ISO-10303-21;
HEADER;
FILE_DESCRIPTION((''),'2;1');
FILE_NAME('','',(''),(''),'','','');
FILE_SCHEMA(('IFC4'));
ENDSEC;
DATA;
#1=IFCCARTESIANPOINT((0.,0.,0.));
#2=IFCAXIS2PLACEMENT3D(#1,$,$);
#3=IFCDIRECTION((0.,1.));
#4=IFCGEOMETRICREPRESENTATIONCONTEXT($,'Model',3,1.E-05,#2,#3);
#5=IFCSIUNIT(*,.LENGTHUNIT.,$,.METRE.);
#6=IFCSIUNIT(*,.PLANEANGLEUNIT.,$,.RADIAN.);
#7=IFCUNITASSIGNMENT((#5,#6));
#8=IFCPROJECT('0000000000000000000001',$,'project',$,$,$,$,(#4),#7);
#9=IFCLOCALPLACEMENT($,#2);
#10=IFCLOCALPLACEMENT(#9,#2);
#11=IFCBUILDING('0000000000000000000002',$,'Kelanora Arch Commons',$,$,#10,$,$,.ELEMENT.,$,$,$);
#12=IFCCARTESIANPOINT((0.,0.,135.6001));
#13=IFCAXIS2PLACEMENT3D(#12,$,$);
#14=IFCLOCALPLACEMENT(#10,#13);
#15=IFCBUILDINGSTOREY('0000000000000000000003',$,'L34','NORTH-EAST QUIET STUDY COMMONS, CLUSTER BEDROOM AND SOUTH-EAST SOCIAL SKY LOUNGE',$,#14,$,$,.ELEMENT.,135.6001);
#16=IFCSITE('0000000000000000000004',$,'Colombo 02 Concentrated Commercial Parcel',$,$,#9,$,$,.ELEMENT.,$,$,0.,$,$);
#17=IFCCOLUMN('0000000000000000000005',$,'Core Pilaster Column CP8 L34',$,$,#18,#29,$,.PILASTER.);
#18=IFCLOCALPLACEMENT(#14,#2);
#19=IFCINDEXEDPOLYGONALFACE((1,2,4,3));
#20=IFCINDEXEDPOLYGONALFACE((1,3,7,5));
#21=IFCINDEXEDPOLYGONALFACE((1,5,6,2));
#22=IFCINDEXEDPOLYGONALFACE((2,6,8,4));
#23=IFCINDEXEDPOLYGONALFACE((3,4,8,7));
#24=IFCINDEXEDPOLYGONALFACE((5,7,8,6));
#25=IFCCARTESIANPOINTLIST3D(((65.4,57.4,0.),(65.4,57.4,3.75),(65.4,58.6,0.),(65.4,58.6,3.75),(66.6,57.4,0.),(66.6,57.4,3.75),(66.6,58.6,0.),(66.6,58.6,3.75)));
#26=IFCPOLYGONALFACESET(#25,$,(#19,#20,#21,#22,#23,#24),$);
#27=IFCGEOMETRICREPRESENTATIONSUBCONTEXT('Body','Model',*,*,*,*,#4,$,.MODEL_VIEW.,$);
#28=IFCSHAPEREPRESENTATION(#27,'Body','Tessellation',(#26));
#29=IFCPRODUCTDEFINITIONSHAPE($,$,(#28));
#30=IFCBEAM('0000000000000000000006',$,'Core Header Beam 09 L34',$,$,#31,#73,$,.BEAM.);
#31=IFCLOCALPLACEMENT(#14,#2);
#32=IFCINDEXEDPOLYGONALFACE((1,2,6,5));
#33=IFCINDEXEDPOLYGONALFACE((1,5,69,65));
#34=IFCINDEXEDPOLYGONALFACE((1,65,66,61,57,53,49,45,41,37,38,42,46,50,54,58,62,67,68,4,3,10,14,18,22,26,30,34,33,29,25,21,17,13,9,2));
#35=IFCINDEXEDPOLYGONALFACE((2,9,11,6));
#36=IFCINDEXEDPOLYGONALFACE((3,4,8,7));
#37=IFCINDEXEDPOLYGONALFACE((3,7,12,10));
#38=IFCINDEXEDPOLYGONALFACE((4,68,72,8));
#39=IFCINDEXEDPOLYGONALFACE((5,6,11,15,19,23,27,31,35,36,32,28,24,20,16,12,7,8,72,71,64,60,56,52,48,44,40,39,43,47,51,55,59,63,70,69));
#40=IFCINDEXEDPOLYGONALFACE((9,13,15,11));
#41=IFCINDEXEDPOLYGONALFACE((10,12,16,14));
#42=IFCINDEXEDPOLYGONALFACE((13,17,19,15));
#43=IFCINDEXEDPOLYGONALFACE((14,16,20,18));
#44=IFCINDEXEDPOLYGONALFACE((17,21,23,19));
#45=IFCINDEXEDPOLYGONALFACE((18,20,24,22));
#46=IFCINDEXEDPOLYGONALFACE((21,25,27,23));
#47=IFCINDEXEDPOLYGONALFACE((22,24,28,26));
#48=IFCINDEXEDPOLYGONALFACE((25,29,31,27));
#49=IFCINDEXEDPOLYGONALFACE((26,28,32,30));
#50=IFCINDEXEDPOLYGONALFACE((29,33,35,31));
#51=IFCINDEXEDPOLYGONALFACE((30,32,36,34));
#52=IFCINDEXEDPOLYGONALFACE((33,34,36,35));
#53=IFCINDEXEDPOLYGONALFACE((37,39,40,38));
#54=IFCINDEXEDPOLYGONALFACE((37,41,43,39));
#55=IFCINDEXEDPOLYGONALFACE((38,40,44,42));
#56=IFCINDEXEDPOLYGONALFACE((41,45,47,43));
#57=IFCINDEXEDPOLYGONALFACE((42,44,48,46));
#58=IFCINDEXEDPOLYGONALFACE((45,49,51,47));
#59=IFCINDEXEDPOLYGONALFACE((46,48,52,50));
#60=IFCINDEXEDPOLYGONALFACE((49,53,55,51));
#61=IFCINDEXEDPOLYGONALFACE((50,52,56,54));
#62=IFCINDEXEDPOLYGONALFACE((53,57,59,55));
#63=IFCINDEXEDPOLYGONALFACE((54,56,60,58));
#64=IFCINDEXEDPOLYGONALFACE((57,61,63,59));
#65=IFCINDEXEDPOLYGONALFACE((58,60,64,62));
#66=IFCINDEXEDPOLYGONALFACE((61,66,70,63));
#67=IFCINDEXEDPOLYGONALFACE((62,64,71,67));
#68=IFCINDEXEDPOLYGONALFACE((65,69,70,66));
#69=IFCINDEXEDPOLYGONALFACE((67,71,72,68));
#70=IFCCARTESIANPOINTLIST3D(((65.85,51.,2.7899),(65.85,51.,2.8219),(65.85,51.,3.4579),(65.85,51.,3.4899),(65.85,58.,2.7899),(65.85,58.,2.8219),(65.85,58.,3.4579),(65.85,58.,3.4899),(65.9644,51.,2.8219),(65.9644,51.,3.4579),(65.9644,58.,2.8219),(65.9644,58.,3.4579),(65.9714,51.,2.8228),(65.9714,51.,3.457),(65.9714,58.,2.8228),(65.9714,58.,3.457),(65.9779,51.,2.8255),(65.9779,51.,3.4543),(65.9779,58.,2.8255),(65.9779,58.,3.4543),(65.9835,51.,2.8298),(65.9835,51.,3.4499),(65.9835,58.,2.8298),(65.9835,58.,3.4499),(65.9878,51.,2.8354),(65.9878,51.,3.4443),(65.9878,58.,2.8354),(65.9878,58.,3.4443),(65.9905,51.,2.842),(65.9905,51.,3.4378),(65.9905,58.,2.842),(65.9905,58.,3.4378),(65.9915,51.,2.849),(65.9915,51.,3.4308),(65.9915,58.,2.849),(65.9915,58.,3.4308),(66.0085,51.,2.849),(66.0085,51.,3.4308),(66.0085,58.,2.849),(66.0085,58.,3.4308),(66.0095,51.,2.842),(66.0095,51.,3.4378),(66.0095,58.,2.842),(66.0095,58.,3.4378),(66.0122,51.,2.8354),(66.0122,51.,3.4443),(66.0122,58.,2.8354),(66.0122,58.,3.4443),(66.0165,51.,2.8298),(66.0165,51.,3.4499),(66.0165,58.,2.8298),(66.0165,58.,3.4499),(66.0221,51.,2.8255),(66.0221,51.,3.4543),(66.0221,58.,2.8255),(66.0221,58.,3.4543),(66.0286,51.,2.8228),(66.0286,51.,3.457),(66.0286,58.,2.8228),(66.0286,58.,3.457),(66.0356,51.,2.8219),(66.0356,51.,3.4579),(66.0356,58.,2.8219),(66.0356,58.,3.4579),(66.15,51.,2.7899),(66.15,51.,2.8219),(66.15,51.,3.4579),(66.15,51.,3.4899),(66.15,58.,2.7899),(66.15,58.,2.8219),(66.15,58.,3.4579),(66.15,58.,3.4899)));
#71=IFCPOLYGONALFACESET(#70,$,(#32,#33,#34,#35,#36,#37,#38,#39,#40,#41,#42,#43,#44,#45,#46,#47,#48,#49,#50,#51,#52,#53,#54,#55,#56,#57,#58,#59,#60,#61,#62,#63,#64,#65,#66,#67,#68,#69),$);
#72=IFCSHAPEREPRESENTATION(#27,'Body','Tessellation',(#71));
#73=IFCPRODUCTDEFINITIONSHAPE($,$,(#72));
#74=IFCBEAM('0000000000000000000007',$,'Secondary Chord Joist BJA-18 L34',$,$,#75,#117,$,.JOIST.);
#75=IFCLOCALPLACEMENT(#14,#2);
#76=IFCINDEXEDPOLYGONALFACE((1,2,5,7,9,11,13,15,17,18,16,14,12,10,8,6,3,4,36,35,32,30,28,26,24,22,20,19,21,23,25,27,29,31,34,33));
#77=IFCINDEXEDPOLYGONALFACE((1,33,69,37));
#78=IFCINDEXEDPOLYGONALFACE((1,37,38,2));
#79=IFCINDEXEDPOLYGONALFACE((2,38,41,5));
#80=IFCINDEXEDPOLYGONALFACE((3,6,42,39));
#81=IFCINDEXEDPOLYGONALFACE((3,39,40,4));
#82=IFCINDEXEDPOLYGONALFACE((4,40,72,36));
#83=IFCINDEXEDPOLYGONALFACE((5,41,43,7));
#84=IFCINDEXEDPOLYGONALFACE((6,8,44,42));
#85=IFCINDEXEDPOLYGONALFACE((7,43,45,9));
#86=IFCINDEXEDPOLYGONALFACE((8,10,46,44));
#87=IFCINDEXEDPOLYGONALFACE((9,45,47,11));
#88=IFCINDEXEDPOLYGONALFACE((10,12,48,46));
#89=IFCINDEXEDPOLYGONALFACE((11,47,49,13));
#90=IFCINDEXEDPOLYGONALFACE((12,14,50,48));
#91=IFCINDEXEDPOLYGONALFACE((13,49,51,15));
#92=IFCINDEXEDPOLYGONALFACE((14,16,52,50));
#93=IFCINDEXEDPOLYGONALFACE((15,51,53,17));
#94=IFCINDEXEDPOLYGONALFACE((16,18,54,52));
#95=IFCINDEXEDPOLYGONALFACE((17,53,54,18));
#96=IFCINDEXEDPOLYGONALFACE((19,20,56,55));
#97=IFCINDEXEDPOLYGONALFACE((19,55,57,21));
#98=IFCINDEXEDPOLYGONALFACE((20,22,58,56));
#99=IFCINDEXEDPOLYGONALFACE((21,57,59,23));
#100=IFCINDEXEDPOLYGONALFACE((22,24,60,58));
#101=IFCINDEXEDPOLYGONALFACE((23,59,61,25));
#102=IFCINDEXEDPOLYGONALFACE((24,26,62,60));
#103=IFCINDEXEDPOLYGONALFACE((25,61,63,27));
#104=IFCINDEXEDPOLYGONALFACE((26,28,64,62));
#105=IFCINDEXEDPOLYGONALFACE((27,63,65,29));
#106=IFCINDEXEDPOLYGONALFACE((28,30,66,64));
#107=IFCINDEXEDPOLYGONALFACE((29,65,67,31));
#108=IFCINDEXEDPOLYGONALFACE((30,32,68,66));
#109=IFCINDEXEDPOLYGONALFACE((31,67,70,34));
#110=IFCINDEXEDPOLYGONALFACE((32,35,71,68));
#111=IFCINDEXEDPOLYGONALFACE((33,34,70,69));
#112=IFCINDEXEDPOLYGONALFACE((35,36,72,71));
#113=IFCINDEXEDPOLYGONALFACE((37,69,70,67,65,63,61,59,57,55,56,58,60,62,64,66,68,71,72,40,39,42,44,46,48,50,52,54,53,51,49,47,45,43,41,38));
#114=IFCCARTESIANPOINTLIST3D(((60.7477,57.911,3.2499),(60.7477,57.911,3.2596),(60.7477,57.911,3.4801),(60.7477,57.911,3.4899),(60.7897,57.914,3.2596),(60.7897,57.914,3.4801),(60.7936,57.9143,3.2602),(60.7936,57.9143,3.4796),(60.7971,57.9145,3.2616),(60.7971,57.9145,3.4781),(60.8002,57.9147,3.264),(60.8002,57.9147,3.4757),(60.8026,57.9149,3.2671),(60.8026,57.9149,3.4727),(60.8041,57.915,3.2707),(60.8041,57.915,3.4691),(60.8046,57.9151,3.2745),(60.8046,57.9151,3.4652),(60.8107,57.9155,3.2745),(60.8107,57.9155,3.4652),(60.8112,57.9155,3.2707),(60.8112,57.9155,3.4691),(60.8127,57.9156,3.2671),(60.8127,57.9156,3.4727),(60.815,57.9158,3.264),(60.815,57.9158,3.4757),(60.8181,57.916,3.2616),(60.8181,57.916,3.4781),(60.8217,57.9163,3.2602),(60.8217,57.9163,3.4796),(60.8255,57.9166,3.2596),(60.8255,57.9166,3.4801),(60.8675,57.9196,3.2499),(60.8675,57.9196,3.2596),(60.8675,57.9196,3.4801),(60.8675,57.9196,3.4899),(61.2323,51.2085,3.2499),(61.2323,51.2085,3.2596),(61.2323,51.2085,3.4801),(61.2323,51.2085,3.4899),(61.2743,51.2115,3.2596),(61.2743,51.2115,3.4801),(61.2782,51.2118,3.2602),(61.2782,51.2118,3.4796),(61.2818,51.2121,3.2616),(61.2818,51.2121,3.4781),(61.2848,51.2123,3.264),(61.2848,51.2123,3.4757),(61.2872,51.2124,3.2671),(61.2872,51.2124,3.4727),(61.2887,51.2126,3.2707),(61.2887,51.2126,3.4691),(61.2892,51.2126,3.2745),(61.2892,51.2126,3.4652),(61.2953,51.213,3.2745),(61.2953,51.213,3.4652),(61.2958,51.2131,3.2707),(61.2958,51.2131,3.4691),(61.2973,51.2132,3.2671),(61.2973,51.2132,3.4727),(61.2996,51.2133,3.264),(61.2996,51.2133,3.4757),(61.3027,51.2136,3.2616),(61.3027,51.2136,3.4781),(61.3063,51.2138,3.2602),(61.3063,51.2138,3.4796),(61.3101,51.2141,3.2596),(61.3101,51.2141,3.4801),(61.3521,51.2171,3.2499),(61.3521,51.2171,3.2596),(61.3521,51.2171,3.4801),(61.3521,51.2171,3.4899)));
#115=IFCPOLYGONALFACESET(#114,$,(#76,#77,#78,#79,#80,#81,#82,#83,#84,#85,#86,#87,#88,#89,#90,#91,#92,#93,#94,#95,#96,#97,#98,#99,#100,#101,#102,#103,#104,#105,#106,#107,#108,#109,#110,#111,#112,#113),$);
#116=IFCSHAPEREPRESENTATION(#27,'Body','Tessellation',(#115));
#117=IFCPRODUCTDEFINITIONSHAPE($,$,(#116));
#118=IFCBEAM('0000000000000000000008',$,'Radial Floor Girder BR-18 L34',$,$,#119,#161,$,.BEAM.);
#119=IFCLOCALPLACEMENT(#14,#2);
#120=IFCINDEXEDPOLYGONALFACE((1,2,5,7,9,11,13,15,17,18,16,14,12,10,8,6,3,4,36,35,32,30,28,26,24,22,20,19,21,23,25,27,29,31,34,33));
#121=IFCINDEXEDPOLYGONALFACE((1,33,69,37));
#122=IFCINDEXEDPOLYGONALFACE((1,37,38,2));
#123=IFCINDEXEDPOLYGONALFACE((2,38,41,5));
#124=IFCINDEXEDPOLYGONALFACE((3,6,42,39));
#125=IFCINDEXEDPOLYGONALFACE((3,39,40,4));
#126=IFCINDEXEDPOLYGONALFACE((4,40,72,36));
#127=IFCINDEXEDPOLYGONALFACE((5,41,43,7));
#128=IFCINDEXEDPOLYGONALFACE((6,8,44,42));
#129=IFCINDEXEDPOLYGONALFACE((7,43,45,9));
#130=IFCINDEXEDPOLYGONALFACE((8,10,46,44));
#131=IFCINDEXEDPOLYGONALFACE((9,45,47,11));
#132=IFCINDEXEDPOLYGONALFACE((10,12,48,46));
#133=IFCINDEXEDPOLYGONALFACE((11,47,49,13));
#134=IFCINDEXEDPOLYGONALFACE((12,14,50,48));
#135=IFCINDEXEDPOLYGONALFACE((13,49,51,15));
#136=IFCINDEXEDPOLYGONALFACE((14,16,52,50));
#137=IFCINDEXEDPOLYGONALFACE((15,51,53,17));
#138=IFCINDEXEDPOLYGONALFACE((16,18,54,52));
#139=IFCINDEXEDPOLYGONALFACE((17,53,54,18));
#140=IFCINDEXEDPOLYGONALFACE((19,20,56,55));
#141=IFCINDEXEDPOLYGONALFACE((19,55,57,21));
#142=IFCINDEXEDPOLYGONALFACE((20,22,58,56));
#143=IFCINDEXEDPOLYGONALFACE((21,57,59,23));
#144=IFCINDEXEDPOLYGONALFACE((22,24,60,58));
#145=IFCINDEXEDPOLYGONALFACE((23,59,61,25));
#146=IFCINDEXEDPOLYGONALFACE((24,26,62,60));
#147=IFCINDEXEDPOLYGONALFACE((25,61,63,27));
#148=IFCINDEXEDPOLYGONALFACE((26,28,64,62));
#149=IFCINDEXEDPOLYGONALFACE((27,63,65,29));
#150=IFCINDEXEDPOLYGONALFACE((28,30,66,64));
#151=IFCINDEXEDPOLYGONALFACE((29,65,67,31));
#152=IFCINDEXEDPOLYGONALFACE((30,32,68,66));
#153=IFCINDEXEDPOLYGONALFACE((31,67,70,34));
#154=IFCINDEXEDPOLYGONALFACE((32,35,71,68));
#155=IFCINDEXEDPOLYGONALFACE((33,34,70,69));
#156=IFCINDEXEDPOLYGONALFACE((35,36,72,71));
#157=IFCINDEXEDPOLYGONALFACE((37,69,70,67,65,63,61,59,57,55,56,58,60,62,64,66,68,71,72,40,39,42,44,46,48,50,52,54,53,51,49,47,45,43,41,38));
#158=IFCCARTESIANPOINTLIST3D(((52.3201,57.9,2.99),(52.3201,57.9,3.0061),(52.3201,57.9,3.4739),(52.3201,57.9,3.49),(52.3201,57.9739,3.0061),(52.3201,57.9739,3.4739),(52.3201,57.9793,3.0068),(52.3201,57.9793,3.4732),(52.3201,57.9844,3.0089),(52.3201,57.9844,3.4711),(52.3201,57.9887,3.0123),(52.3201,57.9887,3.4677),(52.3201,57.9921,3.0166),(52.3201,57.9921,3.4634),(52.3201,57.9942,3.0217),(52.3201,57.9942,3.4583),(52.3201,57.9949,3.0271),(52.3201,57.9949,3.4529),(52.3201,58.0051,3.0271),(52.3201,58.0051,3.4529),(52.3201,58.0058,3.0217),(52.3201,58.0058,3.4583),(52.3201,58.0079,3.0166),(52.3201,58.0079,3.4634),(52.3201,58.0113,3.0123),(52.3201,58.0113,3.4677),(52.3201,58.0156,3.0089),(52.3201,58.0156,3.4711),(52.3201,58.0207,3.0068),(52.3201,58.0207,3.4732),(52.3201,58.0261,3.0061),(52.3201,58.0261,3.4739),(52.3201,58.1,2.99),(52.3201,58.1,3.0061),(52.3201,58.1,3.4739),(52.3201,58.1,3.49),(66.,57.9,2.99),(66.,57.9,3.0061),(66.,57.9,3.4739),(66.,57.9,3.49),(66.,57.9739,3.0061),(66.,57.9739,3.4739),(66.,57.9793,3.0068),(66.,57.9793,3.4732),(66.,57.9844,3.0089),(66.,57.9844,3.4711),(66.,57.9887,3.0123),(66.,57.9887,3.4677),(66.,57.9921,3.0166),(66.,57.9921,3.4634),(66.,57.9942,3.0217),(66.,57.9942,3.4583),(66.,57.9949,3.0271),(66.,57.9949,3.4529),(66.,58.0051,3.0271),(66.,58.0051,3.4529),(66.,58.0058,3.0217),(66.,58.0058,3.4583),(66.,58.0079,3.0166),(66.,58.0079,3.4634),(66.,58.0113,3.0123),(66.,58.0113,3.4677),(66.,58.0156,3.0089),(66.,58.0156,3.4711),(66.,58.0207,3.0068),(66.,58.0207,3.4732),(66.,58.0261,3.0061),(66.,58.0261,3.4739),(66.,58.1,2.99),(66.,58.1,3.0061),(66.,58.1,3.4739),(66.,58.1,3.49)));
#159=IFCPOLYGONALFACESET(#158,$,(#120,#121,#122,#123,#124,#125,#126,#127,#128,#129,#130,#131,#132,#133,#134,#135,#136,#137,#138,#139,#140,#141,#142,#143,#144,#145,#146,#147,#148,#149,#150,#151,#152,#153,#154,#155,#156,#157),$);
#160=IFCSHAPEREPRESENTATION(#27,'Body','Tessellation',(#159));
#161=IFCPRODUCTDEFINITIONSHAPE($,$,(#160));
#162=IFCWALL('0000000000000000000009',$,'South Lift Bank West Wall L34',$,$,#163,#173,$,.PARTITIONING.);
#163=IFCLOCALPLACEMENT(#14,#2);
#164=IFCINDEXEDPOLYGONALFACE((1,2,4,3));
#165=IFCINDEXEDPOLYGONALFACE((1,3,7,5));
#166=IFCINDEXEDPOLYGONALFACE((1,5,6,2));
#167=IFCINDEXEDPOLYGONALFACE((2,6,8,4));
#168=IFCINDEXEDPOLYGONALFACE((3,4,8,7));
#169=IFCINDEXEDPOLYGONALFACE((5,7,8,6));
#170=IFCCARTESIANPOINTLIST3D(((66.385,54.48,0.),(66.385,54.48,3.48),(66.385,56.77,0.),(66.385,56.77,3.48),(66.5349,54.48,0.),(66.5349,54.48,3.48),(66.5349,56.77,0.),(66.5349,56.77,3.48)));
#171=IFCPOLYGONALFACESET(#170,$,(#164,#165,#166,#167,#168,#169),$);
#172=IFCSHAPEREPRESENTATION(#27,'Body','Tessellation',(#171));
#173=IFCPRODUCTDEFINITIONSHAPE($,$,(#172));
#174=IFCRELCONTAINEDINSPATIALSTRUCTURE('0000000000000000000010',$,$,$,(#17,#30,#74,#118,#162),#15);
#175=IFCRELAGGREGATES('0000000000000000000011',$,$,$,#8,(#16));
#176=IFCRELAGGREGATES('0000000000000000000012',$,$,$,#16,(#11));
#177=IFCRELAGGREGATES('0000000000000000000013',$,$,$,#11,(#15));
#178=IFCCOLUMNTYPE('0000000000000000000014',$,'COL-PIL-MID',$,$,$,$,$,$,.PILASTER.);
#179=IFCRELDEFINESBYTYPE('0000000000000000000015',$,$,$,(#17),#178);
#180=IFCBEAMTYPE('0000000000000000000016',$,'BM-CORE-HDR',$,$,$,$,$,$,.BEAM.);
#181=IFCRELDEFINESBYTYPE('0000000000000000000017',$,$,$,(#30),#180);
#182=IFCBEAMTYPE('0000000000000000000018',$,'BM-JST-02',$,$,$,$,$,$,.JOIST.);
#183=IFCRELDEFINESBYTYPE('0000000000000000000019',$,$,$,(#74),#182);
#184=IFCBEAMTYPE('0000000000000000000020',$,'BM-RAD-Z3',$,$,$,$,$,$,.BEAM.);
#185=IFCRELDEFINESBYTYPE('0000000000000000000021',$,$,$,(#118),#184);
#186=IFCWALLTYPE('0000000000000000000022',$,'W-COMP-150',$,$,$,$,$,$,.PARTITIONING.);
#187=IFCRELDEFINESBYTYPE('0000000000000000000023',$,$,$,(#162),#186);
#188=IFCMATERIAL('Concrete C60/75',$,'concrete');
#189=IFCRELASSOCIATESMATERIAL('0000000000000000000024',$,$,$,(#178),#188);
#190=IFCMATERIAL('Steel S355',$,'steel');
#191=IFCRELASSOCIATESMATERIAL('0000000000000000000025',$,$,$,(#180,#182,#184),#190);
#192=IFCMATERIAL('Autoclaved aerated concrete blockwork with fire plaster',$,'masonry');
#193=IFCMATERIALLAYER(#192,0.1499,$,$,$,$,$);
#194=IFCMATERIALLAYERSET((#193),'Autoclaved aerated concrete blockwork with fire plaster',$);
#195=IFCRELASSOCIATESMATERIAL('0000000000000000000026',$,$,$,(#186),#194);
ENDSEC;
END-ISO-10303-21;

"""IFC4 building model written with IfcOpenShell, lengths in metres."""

from ifc_helpers import new_model, si_unit, direction, frame, frame_2d, origin, origin_2d, place, context, subcontext, project, spatial, rectangle, i_section, extrude, material, layer, layer_set, material_profile, profile_set, type_object, element, save


model = new_model("IFC4")

# Units and contexts
model_context = context("Model", 3, precision=1e-05, world=origin(), true_north=direction((0.0, 1.0)))
body_context = subcontext(model_context, "Body", "Model", "MODEL_VIEW")
ifc_project = project(units=[si_unit("LENGTHUNIT", "METRE"), si_unit("PLANEANGLEUNIT", "RADIAN")], contexts=[model_context])

# Site, building, storey
site_placement = place(None, origin())
site = spatial("IfcSite", under=ifc_project, at=site_placement, Name="Colombo 02 Concentrated Commercial Parcel", CompositionType="ELEMENT", RefElevation=0.0)
building_placement = place(site_placement, origin())
building = spatial("IfcBuilding", under=site, at=building_placement, Name="Kelanora Arch Commons", CompositionType="ELEMENT")
storey_placement = place(building_placement, frame((0.0, 0.0, 135.6001)))
storey = spatial("IfcBuildingStorey", under=building, at=storey_placement, Name="L34", Description="NORTH-EAST QUIET STUDY COMMONS, CLUSTER BEDROOM AND SOUTH-EAST SOCIAL SKY LOUNGE", CompositionType="ELEMENT", Elevation=135.6001)

# Column
ifc_material_1 = material(Name="Concrete C60/75", Category="concrete")
ifc_material_profile_1 = material_profile(ifc_material_1, rectangle(XDim=1.2, YDim=1.2, at=origin_2d()), Name="RC1200x1200")
ifc_profile_set_1 = profile_set([ifc_material_profile_1], Name="Concrete C60/75")
column_type = type_object("IfcColumnType", Name="COL-PIL-MID", PredefinedType="PILASTER", material=ifc_profile_set_1)
column_placement = place(storey_placement, frame((66.0, 58.0, 0.0), z_axis=(0.0, 0.0, 1.0), x_axis=(1.0, 0.0, 0.0)))
element("IfcColumn", 1, at=column_placement, inside=storey, type_object=column_type, Name="Core Pilaster Column CP8 L34", PredefinedType="PILASTER", context=body_context, shape_type="SweptSolid", body=[
    extrude(rectangle(XDim=1.2, YDim=1.2, at=origin_2d()), origin(), (0.0, 0.0, 1.0), 3.75),
])

# Beams
ifc_material_2 = material(Name="Steel S355", Category="steel")
ifc_material_profile_2 = material_profile(ifc_material_2, i_section(OverallWidth=0.3, OverallDepth=0.7, WebThickness=0.0171, FlangeThickness=0.032, FilletRadius=0.0271, at=origin_2d()), Name="HEB700")
ifc_profile_set_2 = profile_set([ifc_material_profile_2], Name="Steel S355")
beam_type_1 = type_object("IfcBeamType", Name="BM-CORE-HDR", PredefinedType="BEAM", material=ifc_profile_set_2)
beam_1_placement = place(storey_placement, frame((66.0, 58.0, 3.1399), z_axis=(0.0, -1.0, 0.0), x_axis=(1.0, 0.0, 0.0)))
element("IfcBeam", 2, at=beam_1_placement, inside=storey, type_object=beam_type_1, Name="Core Header Beam 09 L34", PredefinedType="BEAM", context=body_context, shape_type="SweptSolid", body=[
    extrude(i_section(OverallWidth=0.3, OverallDepth=0.7, WebThickness=0.0171, FlangeThickness=0.032, FilletRadius=0.0271, at=origin_2d()), origin(), (0.0, 0.0, 1.0), 7.0),
])
ifc_material_profile_3 = material_profile(ifc_material_2, i_section(OverallWidth=0.1201, OverallDepth=0.24, WebThickness=0.0061, FlangeThickness=0.0098, FilletRadius=0.0149, at=origin_2d()), Name="IPE240")
ifc_profile_set_3 = profile_set([ifc_material_profile_3], Name="Steel S355")
beam_type_2 = type_object("IfcBeamType", Name="BM-JST-02", PredefinedType="JOIST", material=ifc_profile_set_3)
beam_2_placement = place(storey_placement, frame((60.8076, 57.9153, 3.3699), z_axis=(0.072117, -0.997396, 0.0), x_axis=(0.997396, 0.072117, 0.0)))
element("IfcBeam", 3, at=beam_2_placement, inside=storey, type_object=beam_type_2, Name="Secondary Chord Joist BJA-18 L34", PredefinedType="JOIST", context=body_context, shape_type="SweptSolid", body=[
    extrude(i_section(OverallWidth=0.1201, OverallDepth=0.24, WebThickness=0.0061, FlangeThickness=0.0098, FilletRadius=0.0149, at=origin_2d()), origin(), (0.0, 0.0, 1.0), 6.72),
])
ifc_material_profile_4 = material_profile(ifc_material_2, i_section(OverallWidth=0.2, OverallDepth=0.5, WebThickness=0.0103, FlangeThickness=0.0161, FilletRadius=0.021, at=origin_2d()), Name="IPE500")
ifc_profile_set_4 = profile_set([ifc_material_profile_4], Name="Steel S355")
beam_type_3 = type_object("IfcBeamType", Name="BM-RAD-Z3", PredefinedType="BEAM", material=ifc_profile_set_4)
beam_3_placement = place(storey_placement, frame((66.0, 58.0, 3.24), z_axis=(-1.0, 0.0, 0.0), x_axis=(0.0, -1.0, 0.0)))
element("IfcBeam", 4, at=beam_3_placement, inside=storey, type_object=beam_type_3, Name="Radial Floor Girder BR-18 L34", PredefinedType="BEAM", context=body_context, shape_type="SweptSolid", body=[
    extrude(i_section(OverallWidth=0.2, OverallDepth=0.5, WebThickness=0.0103, FlangeThickness=0.0161, FilletRadius=0.021, at=origin_2d()), origin(), (0.0, 0.0, 1.0), 13.6799),
])

# Wall
ifc_material_3 = material(Name="Autoclaved aerated concrete blockwork with fire plaster", Category="masonry")
ifc_layer_1 = layer(ifc_material_3, 0.1499)
ifc_layer_set_1 = layer_set([ifc_layer_1], Name="Autoclaved aerated concrete blockwork with fire plaster")
wall_type_1 = type_object("IfcWallType", Name="W-COMP-150", PredefinedType="PARTITIONING", material=ifc_layer_set_1)
wall_1_placement = place(storey_placement, frame((66.46, 54.48, 0.0), z_axis=(0.0, 0.0, 1.0), x_axis=(0.0, 1.0, 0.0)))
element("IfcWall", 5, at=wall_1_placement, inside=storey, type_object=wall_type_1, Name="South Lift Bank West Wall L34", PredefinedType="PARTITIONING", context=body_context, shape_type="SweptSolid", body=[
    extrude(rectangle(XDim=2.29, YDim=0.1499, at=frame_2d((1.145, 0.0))), origin(), (0.0, 0.0, 1.0), 3.48),
])

save(model, "model.ifc")
